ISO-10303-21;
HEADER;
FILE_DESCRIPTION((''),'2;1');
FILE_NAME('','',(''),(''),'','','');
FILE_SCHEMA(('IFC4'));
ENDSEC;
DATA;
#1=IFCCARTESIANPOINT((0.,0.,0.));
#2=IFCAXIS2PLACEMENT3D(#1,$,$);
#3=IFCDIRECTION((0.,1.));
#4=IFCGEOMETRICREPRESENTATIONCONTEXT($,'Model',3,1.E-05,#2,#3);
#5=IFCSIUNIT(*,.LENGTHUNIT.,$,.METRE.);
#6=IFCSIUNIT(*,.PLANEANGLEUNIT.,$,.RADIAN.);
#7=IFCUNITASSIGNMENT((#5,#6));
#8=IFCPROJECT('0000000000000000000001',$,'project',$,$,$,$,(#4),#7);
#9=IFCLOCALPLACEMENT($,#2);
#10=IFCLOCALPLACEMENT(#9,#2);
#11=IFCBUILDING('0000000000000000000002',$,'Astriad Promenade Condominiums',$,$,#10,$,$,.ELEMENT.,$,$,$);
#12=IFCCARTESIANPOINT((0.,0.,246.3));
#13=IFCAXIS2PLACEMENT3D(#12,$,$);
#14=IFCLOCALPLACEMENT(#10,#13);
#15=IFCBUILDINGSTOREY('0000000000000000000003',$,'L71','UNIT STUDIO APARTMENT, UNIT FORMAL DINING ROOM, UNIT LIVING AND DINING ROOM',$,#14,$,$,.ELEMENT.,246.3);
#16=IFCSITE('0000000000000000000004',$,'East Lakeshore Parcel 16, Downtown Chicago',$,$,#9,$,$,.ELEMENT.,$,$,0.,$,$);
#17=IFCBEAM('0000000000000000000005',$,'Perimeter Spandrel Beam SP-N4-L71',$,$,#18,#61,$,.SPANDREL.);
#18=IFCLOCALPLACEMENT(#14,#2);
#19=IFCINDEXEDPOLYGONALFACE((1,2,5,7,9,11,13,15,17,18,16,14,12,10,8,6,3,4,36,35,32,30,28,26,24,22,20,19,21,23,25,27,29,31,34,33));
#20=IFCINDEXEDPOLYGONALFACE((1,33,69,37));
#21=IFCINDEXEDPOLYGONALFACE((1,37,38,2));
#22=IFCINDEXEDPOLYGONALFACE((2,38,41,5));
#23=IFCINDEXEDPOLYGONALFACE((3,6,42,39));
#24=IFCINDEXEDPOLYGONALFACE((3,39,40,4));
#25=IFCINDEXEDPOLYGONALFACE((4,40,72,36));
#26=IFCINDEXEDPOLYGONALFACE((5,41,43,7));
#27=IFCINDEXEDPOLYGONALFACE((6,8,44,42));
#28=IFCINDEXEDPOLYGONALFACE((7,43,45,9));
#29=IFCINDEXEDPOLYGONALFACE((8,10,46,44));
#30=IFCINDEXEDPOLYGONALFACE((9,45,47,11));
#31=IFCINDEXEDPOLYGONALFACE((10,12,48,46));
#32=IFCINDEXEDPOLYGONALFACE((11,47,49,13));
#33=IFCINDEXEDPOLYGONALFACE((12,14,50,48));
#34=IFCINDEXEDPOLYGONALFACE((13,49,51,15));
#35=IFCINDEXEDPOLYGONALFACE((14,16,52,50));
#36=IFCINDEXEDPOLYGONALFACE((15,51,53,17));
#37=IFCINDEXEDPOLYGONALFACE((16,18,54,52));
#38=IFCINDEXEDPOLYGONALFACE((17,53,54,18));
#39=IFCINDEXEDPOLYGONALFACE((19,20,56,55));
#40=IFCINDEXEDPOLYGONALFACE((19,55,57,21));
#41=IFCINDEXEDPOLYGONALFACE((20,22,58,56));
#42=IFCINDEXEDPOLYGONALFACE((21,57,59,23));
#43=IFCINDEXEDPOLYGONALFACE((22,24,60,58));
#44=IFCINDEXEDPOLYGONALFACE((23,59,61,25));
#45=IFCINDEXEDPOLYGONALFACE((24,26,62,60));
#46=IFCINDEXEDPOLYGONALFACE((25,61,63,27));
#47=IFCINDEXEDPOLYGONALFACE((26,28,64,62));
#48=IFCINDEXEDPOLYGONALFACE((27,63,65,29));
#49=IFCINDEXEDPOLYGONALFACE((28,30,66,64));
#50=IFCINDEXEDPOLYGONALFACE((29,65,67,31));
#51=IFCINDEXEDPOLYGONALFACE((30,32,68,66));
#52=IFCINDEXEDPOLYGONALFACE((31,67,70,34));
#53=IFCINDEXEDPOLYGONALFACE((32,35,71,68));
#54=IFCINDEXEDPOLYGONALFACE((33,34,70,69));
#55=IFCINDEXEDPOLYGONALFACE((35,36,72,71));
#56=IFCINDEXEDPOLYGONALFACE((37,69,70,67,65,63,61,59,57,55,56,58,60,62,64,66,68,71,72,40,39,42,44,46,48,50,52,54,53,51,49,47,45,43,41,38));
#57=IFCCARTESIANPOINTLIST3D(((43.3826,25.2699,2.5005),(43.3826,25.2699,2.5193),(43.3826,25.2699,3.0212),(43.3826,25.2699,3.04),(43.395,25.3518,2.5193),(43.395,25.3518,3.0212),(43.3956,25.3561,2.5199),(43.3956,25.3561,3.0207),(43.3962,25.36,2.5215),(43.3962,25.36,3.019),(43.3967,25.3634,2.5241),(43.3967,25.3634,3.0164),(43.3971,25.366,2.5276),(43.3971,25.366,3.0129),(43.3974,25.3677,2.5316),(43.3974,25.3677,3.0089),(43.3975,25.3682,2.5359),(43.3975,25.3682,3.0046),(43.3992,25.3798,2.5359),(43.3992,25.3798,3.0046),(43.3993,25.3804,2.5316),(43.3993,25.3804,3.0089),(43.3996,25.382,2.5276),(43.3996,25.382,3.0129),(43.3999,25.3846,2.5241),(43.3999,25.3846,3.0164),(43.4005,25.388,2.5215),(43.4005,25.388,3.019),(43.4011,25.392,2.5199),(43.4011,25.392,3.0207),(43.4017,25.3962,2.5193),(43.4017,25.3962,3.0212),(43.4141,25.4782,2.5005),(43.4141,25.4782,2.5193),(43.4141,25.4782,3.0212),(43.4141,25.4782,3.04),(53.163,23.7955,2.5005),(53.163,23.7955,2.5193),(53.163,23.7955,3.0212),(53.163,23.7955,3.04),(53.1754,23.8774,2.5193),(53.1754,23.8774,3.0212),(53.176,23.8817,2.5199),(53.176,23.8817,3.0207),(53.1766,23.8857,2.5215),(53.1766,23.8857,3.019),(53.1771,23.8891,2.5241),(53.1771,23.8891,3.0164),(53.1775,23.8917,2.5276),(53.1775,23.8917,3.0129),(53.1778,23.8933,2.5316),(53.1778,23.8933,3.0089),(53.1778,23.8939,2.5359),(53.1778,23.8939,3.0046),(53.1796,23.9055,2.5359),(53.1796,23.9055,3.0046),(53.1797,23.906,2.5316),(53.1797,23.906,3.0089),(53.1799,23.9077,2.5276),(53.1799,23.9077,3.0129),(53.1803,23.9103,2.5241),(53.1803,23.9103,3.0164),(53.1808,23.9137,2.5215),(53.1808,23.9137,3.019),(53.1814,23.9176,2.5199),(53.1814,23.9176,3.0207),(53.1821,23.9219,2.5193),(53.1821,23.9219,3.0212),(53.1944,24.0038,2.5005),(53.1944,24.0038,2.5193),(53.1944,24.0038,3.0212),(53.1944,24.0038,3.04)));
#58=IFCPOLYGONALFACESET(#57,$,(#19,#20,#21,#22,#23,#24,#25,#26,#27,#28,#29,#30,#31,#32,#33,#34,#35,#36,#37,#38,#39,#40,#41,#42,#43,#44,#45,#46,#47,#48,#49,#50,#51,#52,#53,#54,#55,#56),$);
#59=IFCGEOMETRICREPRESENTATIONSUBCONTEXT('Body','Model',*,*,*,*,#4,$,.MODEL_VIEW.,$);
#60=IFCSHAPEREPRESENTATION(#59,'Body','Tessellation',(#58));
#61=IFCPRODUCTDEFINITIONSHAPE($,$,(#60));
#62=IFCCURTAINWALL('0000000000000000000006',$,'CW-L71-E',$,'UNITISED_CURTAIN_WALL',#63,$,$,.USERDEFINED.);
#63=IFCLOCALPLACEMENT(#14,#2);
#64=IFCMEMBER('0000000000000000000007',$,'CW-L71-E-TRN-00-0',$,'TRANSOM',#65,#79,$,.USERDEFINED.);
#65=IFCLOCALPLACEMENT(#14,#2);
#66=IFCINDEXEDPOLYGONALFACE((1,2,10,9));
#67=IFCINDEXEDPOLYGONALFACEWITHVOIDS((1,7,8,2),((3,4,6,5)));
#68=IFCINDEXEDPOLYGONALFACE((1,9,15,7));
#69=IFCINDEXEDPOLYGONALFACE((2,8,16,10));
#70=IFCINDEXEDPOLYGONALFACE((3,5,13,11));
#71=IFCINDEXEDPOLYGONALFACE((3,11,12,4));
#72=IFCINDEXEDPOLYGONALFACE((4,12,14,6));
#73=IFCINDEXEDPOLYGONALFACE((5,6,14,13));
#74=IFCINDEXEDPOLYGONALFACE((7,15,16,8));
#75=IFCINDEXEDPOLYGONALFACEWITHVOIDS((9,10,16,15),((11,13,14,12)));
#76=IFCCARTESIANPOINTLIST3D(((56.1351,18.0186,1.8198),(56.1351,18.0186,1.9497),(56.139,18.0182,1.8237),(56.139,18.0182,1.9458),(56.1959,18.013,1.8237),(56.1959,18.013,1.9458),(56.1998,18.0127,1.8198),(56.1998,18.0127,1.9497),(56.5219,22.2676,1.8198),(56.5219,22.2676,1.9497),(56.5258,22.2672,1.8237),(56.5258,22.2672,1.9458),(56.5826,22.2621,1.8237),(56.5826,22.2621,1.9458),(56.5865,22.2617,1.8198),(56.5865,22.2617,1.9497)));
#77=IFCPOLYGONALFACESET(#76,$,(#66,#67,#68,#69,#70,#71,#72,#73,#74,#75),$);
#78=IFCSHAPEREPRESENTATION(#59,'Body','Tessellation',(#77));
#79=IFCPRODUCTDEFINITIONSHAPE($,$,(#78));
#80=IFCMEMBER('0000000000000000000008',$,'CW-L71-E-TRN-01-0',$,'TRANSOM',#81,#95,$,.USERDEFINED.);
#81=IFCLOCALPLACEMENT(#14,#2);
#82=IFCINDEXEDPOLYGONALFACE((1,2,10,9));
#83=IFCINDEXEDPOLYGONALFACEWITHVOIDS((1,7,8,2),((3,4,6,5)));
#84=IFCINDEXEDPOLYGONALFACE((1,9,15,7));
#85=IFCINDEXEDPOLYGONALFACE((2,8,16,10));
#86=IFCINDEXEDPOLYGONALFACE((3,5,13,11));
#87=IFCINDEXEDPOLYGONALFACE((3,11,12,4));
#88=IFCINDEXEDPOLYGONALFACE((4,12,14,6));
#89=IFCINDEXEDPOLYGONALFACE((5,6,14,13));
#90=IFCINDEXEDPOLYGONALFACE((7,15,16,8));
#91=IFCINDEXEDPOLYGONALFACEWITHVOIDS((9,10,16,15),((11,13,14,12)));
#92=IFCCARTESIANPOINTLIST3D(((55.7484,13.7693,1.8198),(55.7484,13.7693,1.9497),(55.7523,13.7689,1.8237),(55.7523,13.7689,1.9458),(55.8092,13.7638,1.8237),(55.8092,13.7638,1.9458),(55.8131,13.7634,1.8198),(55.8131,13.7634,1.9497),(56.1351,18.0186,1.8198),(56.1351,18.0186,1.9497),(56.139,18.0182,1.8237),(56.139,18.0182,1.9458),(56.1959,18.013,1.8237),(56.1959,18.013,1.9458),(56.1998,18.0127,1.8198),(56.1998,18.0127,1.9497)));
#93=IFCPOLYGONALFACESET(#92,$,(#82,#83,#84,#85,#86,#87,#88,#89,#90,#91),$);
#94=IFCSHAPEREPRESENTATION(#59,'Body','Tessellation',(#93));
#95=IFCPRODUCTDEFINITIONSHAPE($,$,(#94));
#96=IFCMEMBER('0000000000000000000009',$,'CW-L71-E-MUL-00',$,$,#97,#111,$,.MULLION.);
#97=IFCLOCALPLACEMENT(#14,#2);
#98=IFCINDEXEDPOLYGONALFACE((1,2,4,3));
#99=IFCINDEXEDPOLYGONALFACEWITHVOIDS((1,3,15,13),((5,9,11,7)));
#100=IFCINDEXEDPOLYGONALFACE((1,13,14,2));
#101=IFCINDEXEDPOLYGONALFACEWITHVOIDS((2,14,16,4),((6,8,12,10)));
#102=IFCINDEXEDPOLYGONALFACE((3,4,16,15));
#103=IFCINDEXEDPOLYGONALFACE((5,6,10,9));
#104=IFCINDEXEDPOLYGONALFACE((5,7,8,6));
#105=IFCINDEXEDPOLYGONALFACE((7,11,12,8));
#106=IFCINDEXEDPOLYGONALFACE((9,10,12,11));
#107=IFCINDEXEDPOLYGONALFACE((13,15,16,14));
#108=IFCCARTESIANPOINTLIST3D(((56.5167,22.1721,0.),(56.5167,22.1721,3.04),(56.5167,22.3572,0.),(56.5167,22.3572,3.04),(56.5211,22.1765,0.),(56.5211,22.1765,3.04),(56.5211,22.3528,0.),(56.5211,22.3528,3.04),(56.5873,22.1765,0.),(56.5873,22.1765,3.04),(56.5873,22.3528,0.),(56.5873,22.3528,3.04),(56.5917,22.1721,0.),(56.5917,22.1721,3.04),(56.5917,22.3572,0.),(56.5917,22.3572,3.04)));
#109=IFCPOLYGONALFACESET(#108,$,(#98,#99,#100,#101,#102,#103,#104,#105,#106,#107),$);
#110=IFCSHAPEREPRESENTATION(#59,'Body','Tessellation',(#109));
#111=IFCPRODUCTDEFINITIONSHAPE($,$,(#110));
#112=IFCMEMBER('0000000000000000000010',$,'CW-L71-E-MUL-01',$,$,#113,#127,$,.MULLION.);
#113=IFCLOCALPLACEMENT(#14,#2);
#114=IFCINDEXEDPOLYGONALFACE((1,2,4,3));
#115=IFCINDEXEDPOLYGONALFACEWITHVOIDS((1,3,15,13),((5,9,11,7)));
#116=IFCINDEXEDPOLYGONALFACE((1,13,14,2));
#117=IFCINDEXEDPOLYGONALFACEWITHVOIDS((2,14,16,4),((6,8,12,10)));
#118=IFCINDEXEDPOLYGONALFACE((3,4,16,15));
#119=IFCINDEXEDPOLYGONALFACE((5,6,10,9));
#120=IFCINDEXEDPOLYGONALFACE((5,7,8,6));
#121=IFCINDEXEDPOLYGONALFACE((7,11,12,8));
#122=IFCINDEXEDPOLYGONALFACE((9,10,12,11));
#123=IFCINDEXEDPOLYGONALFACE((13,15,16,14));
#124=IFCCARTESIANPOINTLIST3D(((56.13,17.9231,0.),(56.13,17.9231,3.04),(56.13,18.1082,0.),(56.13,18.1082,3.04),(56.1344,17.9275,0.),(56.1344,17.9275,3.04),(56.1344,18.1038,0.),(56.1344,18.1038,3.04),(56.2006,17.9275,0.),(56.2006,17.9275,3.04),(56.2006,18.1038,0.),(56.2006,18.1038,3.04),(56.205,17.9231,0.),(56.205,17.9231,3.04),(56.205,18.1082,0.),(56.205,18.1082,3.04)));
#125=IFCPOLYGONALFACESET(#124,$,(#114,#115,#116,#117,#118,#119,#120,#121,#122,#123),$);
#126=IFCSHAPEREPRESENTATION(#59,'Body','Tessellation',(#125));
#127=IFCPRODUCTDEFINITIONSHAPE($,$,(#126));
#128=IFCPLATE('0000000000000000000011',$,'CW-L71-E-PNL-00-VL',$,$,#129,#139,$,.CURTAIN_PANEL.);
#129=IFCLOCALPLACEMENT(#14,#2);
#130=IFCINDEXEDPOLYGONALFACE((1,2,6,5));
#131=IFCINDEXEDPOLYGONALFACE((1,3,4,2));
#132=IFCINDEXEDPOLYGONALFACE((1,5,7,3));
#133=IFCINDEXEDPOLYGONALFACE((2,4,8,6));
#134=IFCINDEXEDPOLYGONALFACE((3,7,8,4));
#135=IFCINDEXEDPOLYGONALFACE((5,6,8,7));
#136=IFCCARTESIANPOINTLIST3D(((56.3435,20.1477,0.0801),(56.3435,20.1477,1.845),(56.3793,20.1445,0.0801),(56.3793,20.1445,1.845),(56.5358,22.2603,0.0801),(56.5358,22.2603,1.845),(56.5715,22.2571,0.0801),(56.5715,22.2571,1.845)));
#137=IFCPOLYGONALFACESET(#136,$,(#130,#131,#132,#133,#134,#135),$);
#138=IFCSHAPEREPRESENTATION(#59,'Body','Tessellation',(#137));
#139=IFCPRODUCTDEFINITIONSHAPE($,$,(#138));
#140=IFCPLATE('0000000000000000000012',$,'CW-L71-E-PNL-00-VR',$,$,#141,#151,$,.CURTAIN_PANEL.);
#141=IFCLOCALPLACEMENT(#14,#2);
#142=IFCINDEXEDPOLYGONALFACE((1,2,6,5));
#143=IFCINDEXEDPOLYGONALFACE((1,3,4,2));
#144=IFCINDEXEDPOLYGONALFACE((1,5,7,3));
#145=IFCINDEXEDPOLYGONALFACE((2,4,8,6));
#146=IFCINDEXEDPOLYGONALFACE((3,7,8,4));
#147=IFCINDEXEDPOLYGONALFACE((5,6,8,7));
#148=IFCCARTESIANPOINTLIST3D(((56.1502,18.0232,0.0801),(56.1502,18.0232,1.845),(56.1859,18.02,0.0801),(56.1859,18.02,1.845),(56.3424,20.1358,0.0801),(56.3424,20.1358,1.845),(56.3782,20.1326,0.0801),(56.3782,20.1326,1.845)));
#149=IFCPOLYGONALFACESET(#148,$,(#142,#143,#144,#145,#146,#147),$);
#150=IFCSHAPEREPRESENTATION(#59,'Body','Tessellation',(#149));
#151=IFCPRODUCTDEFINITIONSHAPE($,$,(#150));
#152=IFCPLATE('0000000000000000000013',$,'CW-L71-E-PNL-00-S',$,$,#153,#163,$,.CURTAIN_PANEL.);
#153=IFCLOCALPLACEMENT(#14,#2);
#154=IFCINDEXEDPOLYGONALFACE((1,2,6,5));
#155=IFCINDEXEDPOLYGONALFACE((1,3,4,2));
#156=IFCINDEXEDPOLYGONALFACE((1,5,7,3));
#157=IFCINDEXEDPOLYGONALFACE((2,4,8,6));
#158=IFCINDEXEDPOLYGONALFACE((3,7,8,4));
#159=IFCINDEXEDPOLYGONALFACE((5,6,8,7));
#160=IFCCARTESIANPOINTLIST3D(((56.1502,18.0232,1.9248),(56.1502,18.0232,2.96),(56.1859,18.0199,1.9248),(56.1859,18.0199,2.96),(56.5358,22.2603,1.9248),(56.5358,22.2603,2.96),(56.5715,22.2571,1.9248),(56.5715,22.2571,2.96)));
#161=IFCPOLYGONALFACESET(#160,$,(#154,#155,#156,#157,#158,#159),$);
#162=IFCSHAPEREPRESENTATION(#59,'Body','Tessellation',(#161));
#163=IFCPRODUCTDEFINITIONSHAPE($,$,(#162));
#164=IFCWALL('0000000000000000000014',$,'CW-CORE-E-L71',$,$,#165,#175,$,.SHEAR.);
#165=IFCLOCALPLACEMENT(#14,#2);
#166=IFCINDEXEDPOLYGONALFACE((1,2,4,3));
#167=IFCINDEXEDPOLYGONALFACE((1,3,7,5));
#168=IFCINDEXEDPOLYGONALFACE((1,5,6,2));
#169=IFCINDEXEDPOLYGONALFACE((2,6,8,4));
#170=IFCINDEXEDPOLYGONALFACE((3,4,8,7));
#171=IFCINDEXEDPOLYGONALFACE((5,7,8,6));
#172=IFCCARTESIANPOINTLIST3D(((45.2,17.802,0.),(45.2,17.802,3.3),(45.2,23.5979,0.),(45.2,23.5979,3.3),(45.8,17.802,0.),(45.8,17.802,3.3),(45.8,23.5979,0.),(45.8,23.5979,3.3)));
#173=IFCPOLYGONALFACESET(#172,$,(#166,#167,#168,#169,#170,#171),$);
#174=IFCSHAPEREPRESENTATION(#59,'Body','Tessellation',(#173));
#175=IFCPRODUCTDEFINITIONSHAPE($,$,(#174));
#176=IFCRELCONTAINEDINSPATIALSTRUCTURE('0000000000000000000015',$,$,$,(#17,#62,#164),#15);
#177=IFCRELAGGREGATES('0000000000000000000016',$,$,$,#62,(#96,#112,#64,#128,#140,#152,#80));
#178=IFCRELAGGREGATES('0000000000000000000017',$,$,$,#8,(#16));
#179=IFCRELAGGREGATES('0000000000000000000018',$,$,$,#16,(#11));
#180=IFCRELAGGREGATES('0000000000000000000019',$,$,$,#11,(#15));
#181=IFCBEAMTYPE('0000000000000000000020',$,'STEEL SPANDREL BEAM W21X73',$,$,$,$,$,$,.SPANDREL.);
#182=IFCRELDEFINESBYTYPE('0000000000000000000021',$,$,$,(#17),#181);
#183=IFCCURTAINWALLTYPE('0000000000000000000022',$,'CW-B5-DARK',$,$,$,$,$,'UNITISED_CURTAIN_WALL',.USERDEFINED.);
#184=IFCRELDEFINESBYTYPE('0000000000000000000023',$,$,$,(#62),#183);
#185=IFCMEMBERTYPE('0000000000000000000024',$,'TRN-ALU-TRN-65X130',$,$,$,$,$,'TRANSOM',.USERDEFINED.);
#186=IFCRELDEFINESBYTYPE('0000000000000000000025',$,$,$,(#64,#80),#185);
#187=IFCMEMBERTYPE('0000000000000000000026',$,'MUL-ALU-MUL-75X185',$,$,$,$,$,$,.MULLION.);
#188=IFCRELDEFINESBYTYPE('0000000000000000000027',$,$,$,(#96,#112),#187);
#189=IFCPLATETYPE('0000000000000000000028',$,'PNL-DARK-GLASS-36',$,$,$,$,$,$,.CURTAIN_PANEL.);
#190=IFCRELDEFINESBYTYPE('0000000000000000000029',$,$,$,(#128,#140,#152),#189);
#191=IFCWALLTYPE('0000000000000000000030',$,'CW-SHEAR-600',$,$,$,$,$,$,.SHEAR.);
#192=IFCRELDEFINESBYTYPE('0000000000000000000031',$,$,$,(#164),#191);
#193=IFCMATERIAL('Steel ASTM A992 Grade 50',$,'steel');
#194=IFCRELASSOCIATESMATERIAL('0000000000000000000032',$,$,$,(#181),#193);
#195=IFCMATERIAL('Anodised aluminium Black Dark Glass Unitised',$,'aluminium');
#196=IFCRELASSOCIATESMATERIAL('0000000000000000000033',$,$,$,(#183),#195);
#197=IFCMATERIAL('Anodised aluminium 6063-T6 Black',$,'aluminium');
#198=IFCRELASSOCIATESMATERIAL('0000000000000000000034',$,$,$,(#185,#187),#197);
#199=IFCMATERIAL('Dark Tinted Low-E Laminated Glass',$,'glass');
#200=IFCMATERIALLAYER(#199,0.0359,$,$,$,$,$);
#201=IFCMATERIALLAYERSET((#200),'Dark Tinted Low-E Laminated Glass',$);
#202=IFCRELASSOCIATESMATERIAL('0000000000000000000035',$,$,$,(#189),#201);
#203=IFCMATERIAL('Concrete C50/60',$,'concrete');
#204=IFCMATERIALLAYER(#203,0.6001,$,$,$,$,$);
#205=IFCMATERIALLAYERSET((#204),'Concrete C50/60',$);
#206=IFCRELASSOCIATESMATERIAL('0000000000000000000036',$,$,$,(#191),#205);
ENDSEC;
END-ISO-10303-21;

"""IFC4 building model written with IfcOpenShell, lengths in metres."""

from ifc_helpers import new_model, si_unit, direction, frame, frame_2d, origin, origin_2d, place, context, subcontext, project, spatial, rectangle, hollow_rectangle, i_section, extrude, source, transform, mapped, material, layer, layer_set, material_profile, profile_set, type_object, type_shapes, element, aggregate, save


model = new_model("IFC4")

# Units and contexts
model_context = context("Model", 3, precision=1e-05, world=origin(), true_north=direction((0.0, 1.0)))
body_context = subcontext(model_context, "Body", "Model", "MODEL_VIEW")
ifc_project = project(units=[si_unit("LENGTHUNIT", "METRE"), si_unit("PLANEANGLEUNIT", "RADIAN")], contexts=[model_context])

# Site, building, storey
site_placement = place(None, origin())
site = spatial("IfcSite", under=ifc_project, at=site_placement, Name="East Lakeshore Parcel 16, Downtown Chicago", CompositionType="ELEMENT", RefElevation=0.0)
building_placement = place(site_placement, origin())
building = spatial("IfcBuilding", under=site, at=building_placement, Name="Astriad Promenade Condominiums", CompositionType="ELEMENT")
storey_placement = place(building_placement, frame((0.0, 0.0, 246.3)))
storey = spatial("IfcBuildingStorey", under=building, at=storey_placement, Name="L71", Description="UNIT STUDIO APARTMENT, UNIT FORMAL DINING ROOM, UNIT LIVING AND DINING ROOM", CompositionType="ELEMENT", Elevation=246.3)

# Shared definitions
ifc_material_1 = material(Name="Steel ASTM A992 Grade 50", Category="steel")
ifc_material_2 = material(Name="Concrete C50/60", Category="concrete")

# Beam
ifc_material_profile_1 = material_profile(ifc_material_1, i_section(OverallWidth=0.2107, OverallDepth=0.5396, WebThickness=0.0117, FlangeThickness=0.0188, FilletRadius=0.0166, at=origin_2d()), Name="W21X73")
ifc_profile_set_1 = profile_set([ifc_material_profile_1], Name="Steel ASTM A992 Grade 50")
beam_type_1 = type_object("IfcBeamType", Name="STEEL SPANDREL BEAM W21X73", PredefinedType="SPANDREL", material=ifc_profile_set_1)
shared_shape_1 = source(origin(), body_context, "Body", "SweptSolid", [
    extrude(i_section(OverallWidth=0.2107, OverallDepth=0.5396, WebThickness=0.0117, FlangeThickness=0.0188, FilletRadius=0.0166, at=origin_2d()), origin(), (0.0, 0.0, 1.0), 9.8909),
])
type_shapes(beam_type_1, [shared_shape_1])
beam_1_placement = place(storey_placement, frame((53.1787, 23.8997, 2.7703), z_axis=(-0.988827, 0.149065, 0.0), x_axis=(-0.149065, -0.988827, 0.0)))
element("IfcBeam", 1, at=beam_1_placement, inside=storey, type_object=beam_type_1, Name="Perimeter Spandrel Beam SP-N4-L71", PredefinedType="SPANDREL", context=body_context, shape_type="MappedRepresentation", body=[
    mapped(shared_shape_1, transform((0.0, 0.0, 0.0), scale=1.0)),
])

# Curtain wall, members, plates
ifc_material_3 = material(Name="Anodised aluminium Black Dark Glass Unitised", Category="aluminium")
curtain_wall_type = type_object("IfcCurtainWallType", Name="CW-B5-DARK", ElementType="UNITISED_CURTAIN_WALL", PredefinedType="USERDEFINED", material=ifc_material_3)
curtain_wall_placement = place(storey_placement, origin())
curtain_wall = element("IfcCurtainWall", 2, at=curtain_wall_placement, inside=storey, type_object=curtain_wall_type, Name="CW-L71-E", ObjectType="UNITISED_CURTAIN_WALL", PredefinedType="USERDEFINED")
ifc_material_4 = material(Name="Anodised aluminium 6063-T6 Black", Category="aluminium")
ifc_material_profile_2 = material_profile(ifc_material_4, hollow_rectangle(XDim=0.0649, YDim=0.1299, WallThickness=0.0039, at=origin_2d()), Name="ALU-TRN-65X130")
ifc_profile_set_2 = profile_set([ifc_material_profile_2], Name="Anodised aluminium 6063-T6 Black")
member_type_1 = type_object("IfcMemberType", Name="TRN-ALU-TRN-65X130", ElementType="TRANSOM", PredefinedType="USERDEFINED", material=ifc_profile_set_2)
shared_shape_2 = source(origin(), body_context, "Body", "SweptSolid", [
    extrude(hollow_rectangle(XDim=0.0649, YDim=0.1299, WallThickness=0.0039, at=origin_2d()), origin(), (0.0, 0.0, 1.0), 4.2666),
])
member_1_placement = place(storey_placement, frame((56.5542, 22.2646, 1.8848), z_axis=(-0.090639, -0.995884, 0.0), x_axis=(0.995884, -0.090639, 0.0)))
member_1 = element("IfcMember", 3, at=member_1_placement, type_object=member_type_1, Name="CW-L71-E-TRN-00-0", ObjectType="TRANSOM", PredefinedType="USERDEFINED", context=body_context, shape_type="MappedRepresentation", body=[
    mapped(shared_shape_2, transform((0.0, 0.0, 0.0), scale=1.0)),
])
shared_shape_3 = source(origin(), body_context, "Body", "SweptSolid", [
    extrude(hollow_rectangle(XDim=0.0649, YDim=0.1299, WallThickness=0.0039, at=origin_2d()), origin(), (0.0, 0.0, 1.0), 4.2668),
])
type_shapes(member_type_1, [shared_shape_2, shared_shape_3])
member_2_placement = place(storey_placement, frame((56.1675, 18.0156, 1.8848), z_axis=(-0.090634, -0.995884, 0.0), x_axis=(0.995884, -0.090634, 0.0)))
member_2 = element("IfcMember", 4, at=member_2_placement, type_object=member_type_1, Name="CW-L71-E-TRN-01-0", ObjectType="TRANSOM", PredefinedType="USERDEFINED", context=body_context, shape_type="MappedRepresentation", body=[
    mapped(shared_shape_3, transform((0.0, 0.0, 0.0), scale=1.0)),
])
ifc_material_profile_3 = material_profile(ifc_material_4, hollow_rectangle(XDim=0.075, YDim=0.1851, WallThickness=0.0044, at=origin_2d()), Name="ALU-MUL-75X185")
ifc_profile_set_3 = profile_set([ifc_material_profile_3], Name="Anodised aluminium 6063-T6 Black")
member_type_2 = type_object("IfcMemberType", Name="MUL-ALU-MUL-75X185", PredefinedType="MULLION", material=ifc_profile_set_3)
shared_shape_4 = source(origin(), body_context, "Body", "SweptSolid", [
    extrude(hollow_rectangle(XDim=0.075, YDim=0.1851, WallThickness=0.0044, at=origin_2d()), origin(), (0.0, 0.0, 1.0), 3.04),
])
type_shapes(member_type_2, [shared_shape_4])
member_3_placement = place(storey_placement, frame((56.5542, 22.2646, 0.0), z_axis=(0.0, 0.0, 1.0), x_axis=(1.0, 0.0, 0.0)))
member_3 = element("IfcMember", 5, at=member_3_placement, type_object=member_type_2, Name="CW-L71-E-MUL-00", PredefinedType="MULLION", context=body_context, shape_type="MappedRepresentation", body=[
    mapped(shared_shape_4, transform((0.0, 0.0, 0.0), scale=1.0)),
])
member_4_placement = place(storey_placement, frame((56.1675, 18.0156, 0.0), z_axis=(0.0, 0.0, 1.0), x_axis=(1.0, 0.0, 0.0)))
member_4 = element("IfcMember", 6, at=member_4_placement, type_object=member_type_2, Name="CW-L71-E-MUL-01", PredefinedType="MULLION", context=body_context, shape_type="MappedRepresentation", body=[
    mapped(shared_shape_4, transform((0.0, 0.0, 0.0), scale=1.0)),
])
ifc_material_5 = material(Name="Dark Tinted Low-E Laminated Glass", Category="glass")
ifc_layer_1 = layer(ifc_material_5, 0.0359)
ifc_layer_set_1 = layer_set([ifc_layer_1], Name="Dark Tinted Low-E Laminated Glass")
plate_type = type_object("IfcPlateType", Name="PNL-DARK-GLASS-36", PredefinedType="CURTAIN_PANEL", material=ifc_layer_set_1)
shared_shape_5 = source(origin(), body_context, "Body", "SweptSolid", [
    extrude(rectangle(XDim=2.1213, YDim=0.0359, at=origin_2d()), origin(), (0.0, 0.0, 1.0), 1.7649),
])
plate_1_placement = place(storey_placement, frame((56.4575, 21.2024, 0.0801), z_axis=(0.0, 0.0, 1.0), x_axis=(-0.090633, -0.995884, 0.0)))
plate_1 = element("IfcPlate", 7, at=plate_1_placement, type_object=plate_type, Name="CW-L71-E-PNL-00-VL", PredefinedType="CURTAIN_PANEL", context=body_context, shape_type="MappedRepresentation", body=[
    mapped(shared_shape_5, transform((0.0, 0.0, 0.0), scale=1.0)),
])
plate_2_placement = place(storey_placement, frame((56.2642, 19.0779, 0.0801), z_axis=(0.0, 0.0, 1.0), x_axis=(-0.090633, -0.995884, 0.0)))
plate_2 = element("IfcPlate", 8, at=plate_2_placement, type_object=plate_type, Name="CW-L71-E-PNL-00-VR", PredefinedType="CURTAIN_PANEL", context=body_context, shape_type="MappedRepresentation", body=[
    mapped(shared_shape_5, transform((0.0, 0.0, 0.0), scale=1.0)),
])
shared_shape_6 = source(origin(), body_context, "Body", "SweptSolid", [
    extrude(rectangle(XDim=4.2546, YDim=0.0359, at=origin_2d()), origin(), (0.0, 0.0, 1.0), 1.0352),
])
type_shapes(plate_type, [shared_shape_5, shared_shape_6])
plate_3_placement = place(storey_placement, frame((56.3608, 20.1401, 1.9248), z_axis=(0.0, 0.0, 1.0), x_axis=(-0.090633, -0.995884, 0.0)))
plate_3 = element("IfcPlate", 9, at=plate_3_placement, type_object=plate_type, Name="CW-L71-E-PNL-00-S", PredefinedType="CURTAIN_PANEL", context=body_context, shape_type="MappedRepresentation", body=[
    mapped(shared_shape_6, transform((0.0, 0.0, 0.0), scale=1.0)),
])
aggregate(curtain_wall, [member_3, member_4, member_1, plate_1, plate_2, plate_3, member_2])

# Wall
ifc_layer_2 = layer(ifc_material_2, 0.6001)
ifc_layer_set_2 = layer_set([ifc_layer_2], Name="Concrete C50/60")
wall_type_1 = type_object("IfcWallType", Name="CW-SHEAR-600", PredefinedType="SHEAR", material=ifc_layer_set_2)
wall_1_placement = place(storey_placement, frame((45.5, 17.802, 0.0), z_axis=(0.0, 0.0, 1.0), x_axis=(0.0, 1.0, 0.0)))
element("IfcWall", 10, at=wall_1_placement, inside=storey, type_object=wall_type_1, Name="CW-CORE-E-L71", PredefinedType="SHEAR", context=body_context, shape_type="SweptSolid", body=[
    extrude(rectangle(XDim=5.7959, YDim=0.6001, at=frame_2d((2.8979, 0.0))), origin(), (0.0, 0.0, 1.0), 3.3),
])

save(model, "model.ifc")
